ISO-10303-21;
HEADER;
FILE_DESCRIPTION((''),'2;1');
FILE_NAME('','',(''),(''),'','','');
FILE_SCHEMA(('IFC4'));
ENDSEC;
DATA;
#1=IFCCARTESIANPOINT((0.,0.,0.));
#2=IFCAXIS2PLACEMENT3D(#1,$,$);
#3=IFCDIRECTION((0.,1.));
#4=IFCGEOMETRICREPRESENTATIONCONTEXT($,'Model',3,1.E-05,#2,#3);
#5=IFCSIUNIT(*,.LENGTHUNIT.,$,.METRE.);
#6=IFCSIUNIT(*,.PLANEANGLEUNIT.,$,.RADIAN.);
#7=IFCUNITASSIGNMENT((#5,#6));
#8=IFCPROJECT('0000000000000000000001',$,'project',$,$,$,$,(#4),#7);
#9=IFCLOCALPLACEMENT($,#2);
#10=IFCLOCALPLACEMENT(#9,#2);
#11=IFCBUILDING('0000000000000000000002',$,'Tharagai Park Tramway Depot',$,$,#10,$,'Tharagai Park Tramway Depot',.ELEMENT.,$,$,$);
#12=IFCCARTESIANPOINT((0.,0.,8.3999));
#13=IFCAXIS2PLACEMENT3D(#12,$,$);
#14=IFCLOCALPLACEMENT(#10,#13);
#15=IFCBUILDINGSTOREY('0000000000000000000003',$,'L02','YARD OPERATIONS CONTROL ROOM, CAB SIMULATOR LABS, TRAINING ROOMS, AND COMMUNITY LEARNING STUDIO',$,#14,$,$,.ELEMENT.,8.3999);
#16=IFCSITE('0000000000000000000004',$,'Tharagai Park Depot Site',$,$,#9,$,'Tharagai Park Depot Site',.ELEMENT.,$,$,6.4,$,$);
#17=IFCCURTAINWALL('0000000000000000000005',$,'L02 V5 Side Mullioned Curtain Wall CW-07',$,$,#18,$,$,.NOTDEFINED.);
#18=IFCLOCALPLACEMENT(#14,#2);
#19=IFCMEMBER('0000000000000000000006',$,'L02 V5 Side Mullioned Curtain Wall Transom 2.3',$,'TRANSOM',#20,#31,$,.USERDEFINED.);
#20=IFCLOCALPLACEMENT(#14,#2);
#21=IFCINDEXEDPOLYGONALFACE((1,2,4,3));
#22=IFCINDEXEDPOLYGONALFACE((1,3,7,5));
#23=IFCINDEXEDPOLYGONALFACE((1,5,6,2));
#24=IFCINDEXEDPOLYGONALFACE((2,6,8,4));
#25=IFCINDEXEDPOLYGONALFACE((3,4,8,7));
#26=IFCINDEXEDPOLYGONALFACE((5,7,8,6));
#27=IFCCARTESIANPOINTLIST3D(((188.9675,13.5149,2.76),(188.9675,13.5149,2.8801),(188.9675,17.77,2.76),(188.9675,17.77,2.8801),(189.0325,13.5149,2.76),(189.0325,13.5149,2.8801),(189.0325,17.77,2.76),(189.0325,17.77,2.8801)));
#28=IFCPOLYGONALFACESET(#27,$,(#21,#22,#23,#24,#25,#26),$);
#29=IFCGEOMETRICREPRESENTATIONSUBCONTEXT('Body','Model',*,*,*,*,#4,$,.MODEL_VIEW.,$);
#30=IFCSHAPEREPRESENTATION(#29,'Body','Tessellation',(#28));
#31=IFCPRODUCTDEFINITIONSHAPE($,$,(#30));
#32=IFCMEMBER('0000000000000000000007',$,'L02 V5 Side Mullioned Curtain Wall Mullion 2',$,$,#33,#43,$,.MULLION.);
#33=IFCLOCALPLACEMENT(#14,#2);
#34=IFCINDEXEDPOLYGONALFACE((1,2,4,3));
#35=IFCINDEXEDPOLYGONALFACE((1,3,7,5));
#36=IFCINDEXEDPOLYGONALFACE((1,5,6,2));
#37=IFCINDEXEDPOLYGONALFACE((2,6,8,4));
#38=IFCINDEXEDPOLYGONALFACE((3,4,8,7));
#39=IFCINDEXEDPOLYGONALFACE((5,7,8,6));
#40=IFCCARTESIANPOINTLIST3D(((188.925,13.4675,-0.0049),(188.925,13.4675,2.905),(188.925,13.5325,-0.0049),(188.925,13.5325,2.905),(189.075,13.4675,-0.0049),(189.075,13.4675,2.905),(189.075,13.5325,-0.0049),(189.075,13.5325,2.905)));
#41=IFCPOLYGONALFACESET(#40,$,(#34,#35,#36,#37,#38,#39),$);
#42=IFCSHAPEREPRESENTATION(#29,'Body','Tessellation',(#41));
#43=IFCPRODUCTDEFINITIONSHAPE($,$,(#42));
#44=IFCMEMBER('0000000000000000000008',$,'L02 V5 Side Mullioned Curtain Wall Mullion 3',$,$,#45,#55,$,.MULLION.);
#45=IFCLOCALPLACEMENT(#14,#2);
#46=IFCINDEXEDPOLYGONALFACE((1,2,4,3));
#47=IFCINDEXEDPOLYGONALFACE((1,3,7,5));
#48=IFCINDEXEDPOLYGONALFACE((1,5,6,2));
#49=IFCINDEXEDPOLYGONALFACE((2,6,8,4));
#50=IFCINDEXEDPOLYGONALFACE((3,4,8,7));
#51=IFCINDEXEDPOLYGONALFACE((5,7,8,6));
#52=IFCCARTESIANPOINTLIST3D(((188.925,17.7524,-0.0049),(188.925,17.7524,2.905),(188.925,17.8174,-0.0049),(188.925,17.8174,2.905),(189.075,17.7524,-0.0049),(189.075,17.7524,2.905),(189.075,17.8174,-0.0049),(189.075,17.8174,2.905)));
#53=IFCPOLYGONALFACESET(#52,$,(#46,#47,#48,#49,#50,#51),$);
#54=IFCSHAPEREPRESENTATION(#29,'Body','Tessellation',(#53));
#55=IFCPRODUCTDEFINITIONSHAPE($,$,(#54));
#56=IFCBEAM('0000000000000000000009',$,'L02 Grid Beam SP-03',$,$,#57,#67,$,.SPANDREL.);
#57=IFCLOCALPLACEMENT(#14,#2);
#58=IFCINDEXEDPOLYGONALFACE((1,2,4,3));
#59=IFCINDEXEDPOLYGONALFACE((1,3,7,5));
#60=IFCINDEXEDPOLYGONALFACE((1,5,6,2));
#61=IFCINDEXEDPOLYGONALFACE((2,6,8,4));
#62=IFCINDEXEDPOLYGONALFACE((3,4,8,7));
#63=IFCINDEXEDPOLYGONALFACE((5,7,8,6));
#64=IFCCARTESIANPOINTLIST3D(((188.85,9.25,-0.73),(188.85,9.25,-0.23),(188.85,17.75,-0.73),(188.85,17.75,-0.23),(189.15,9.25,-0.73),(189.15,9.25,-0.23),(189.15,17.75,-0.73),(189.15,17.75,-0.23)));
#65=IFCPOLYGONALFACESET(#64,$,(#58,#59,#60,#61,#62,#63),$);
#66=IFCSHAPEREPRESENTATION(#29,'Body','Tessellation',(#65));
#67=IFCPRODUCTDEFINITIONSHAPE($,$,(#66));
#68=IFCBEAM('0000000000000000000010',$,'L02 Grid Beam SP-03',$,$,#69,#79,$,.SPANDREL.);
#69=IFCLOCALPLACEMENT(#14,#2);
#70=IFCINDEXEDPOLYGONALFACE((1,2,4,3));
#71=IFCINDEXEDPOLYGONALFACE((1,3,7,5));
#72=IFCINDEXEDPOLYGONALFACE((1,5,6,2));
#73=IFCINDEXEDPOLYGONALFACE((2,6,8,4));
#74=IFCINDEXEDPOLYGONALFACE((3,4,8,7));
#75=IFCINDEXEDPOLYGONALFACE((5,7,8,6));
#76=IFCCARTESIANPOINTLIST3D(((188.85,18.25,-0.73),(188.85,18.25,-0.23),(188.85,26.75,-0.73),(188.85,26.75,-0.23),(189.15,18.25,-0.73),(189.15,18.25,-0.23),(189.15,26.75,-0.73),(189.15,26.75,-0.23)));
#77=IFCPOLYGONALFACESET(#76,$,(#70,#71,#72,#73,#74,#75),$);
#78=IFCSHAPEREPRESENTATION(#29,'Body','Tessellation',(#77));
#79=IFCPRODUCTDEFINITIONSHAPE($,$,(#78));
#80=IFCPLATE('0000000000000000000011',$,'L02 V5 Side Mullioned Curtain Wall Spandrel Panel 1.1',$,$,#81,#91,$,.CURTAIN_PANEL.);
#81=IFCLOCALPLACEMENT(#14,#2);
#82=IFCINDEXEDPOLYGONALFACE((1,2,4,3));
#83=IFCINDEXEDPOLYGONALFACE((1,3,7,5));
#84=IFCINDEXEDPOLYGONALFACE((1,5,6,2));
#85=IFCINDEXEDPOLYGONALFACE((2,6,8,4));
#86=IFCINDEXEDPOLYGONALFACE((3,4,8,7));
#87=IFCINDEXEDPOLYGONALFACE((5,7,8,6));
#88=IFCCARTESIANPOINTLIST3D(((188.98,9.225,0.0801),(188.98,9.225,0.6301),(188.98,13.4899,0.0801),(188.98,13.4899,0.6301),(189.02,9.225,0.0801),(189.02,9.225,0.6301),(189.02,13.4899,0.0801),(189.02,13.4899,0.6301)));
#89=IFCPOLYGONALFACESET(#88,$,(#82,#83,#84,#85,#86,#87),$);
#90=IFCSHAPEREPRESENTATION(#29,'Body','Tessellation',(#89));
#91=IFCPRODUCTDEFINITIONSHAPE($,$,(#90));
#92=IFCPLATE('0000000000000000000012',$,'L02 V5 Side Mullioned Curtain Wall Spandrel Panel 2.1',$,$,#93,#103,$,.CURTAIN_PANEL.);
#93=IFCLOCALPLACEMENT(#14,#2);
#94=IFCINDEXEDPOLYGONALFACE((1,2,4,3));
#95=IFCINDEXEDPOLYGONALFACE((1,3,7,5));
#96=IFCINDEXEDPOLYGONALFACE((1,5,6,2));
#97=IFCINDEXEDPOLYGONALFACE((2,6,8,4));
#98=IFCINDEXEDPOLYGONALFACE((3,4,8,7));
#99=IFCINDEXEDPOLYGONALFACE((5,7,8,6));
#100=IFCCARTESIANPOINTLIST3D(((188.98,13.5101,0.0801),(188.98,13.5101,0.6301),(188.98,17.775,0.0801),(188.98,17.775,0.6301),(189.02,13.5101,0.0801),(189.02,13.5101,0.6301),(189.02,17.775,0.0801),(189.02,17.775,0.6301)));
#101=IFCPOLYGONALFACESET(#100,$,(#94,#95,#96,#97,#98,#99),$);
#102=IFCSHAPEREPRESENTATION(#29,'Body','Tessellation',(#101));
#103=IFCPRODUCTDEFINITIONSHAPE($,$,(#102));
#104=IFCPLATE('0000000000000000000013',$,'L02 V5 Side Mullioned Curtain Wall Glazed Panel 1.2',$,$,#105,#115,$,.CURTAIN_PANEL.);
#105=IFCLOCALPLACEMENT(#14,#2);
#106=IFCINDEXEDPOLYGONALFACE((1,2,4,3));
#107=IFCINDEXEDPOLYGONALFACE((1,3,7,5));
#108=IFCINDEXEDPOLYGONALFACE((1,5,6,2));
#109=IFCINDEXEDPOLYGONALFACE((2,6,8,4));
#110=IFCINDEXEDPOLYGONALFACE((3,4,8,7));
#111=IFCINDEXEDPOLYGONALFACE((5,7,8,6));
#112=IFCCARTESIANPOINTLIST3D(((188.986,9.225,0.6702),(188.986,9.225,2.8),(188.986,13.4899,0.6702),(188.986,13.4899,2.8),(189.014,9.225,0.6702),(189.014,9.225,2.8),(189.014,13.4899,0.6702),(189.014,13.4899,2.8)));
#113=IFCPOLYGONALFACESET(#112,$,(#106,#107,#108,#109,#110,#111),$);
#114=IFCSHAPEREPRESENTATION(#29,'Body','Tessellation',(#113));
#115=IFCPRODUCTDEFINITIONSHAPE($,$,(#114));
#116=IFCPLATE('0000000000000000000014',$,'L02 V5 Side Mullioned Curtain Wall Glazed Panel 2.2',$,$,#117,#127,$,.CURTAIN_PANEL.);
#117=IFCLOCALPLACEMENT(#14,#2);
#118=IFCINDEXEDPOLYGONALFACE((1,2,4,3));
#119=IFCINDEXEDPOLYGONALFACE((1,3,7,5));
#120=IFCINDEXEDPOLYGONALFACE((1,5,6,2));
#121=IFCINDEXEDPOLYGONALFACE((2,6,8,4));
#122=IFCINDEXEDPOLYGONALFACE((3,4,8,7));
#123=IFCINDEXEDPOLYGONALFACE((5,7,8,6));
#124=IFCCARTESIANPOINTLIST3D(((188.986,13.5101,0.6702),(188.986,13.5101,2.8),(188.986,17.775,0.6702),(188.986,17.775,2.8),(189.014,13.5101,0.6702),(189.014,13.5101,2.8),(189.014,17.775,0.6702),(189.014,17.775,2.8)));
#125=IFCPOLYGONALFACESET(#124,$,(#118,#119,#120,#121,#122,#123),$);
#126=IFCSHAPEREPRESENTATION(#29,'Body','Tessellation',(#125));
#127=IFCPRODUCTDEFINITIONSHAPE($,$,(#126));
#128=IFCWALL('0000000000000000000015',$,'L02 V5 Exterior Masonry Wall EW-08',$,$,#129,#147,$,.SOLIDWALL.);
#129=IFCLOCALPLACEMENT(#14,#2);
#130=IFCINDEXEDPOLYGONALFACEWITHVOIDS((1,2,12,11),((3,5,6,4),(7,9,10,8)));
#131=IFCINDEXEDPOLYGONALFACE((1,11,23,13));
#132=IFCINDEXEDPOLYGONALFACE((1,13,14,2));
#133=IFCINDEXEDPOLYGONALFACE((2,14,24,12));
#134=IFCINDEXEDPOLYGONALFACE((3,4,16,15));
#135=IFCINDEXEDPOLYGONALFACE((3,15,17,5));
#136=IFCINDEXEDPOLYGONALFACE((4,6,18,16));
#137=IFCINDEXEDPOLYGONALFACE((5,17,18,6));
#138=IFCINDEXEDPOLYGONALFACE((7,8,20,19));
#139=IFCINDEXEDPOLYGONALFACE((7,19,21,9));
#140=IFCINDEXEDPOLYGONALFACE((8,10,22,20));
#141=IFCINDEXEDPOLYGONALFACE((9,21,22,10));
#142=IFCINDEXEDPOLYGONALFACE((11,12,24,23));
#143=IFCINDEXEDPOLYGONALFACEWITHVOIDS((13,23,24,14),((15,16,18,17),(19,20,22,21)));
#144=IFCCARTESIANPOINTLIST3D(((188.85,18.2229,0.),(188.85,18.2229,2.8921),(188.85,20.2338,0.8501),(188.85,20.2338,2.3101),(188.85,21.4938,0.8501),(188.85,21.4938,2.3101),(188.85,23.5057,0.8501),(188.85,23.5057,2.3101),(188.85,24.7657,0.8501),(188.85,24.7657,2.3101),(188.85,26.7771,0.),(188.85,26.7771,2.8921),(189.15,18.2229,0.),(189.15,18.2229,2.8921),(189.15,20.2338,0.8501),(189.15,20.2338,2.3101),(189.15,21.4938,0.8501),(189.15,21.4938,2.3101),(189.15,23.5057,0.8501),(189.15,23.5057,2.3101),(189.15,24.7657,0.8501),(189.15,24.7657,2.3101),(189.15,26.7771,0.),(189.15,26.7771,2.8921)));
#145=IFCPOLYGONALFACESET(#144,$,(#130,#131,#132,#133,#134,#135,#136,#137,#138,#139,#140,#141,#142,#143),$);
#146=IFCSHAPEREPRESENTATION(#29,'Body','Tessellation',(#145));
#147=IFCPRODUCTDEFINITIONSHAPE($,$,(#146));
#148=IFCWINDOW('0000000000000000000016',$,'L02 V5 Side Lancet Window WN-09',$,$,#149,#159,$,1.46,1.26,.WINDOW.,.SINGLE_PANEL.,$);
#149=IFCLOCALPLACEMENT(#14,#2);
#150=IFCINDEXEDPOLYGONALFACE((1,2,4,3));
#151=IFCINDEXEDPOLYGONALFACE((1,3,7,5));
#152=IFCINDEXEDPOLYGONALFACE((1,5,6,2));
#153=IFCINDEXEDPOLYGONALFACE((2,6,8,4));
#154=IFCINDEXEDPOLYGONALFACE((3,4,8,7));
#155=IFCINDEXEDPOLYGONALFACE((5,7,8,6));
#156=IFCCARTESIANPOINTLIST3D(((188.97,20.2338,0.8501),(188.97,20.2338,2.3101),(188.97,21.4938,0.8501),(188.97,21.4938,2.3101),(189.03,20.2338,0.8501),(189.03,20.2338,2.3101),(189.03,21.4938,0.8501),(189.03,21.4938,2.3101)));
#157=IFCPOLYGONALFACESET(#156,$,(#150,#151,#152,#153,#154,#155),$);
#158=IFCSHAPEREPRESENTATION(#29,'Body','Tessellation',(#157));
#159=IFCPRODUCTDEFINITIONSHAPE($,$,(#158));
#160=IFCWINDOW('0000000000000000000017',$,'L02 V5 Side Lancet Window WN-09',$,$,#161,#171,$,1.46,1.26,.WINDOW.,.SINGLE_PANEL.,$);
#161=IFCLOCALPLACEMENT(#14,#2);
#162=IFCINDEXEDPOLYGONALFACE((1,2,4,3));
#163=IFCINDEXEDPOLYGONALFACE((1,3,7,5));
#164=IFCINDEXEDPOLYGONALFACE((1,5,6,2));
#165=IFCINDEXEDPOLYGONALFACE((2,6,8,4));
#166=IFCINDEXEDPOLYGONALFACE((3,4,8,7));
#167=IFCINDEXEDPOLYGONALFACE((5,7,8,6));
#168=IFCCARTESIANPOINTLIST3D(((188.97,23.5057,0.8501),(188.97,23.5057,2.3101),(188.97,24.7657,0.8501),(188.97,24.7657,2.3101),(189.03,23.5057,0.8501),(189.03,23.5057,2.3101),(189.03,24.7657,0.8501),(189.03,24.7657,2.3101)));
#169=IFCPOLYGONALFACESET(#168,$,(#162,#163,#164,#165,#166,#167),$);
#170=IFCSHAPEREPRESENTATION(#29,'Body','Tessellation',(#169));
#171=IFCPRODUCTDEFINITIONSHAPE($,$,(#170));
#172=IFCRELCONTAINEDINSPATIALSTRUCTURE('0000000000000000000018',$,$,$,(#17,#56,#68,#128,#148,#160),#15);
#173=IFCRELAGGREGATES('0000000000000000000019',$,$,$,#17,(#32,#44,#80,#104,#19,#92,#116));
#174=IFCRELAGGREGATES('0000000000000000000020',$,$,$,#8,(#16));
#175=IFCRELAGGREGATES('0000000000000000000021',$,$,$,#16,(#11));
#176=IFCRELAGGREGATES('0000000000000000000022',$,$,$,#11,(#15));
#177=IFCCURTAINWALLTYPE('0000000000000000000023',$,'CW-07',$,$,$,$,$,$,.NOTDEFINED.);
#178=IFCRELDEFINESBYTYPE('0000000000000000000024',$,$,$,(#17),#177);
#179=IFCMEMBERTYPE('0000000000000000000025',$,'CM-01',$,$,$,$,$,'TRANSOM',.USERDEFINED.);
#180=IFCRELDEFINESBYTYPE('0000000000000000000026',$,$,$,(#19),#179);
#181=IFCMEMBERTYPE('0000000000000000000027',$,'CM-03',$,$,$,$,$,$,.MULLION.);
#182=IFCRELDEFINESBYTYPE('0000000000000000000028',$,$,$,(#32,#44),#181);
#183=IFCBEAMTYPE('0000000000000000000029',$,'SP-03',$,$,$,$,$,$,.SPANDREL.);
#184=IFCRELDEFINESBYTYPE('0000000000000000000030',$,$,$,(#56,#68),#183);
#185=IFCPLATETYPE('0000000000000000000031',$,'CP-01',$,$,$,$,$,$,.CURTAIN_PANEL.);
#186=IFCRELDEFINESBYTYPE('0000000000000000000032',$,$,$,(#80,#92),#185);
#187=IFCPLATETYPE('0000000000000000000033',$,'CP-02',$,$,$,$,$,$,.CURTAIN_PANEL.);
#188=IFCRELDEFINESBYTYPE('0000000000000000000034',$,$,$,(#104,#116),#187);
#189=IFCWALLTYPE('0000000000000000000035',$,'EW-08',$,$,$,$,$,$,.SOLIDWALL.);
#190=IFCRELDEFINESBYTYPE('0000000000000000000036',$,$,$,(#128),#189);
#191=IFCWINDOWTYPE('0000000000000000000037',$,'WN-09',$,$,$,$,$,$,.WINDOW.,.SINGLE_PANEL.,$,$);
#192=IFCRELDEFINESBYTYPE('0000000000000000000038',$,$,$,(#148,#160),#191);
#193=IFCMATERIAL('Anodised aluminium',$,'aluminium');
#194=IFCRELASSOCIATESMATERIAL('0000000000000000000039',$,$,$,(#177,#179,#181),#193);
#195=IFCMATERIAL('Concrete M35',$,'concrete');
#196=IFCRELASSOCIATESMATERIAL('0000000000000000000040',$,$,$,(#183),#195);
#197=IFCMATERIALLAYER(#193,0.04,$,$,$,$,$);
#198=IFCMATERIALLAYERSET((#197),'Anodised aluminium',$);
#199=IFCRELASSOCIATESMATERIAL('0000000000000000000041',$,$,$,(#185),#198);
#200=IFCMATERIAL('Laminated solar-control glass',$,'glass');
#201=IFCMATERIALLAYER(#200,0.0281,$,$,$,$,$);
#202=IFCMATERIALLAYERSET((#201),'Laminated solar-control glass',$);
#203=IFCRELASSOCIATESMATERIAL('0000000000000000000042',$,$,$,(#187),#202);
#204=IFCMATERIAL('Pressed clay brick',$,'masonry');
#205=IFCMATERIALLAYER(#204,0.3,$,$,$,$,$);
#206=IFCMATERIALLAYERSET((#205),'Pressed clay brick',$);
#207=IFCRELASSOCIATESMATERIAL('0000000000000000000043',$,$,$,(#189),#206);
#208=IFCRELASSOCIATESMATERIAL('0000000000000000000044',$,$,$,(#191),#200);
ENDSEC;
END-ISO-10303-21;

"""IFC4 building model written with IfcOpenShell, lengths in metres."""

from ifc_helpers import new_model, si_unit, direction, frame, frame_2d, origin, origin_2d, place, context, subcontext, project, spatial, rectangle, extrude, material, layer, layer_set, material_profile, profile_set, type_object, element, fill, aggregate, save


model = new_model("IFC4")

# Units and contexts
model_context = context("Model", 3, precision=1e-05, world=origin(), true_north=direction((0.0, 1.0)))
body_context = subcontext(model_context, "Body", "Model", "MODEL_VIEW")
ifc_project = project(units=[si_unit("LENGTHUNIT", "METRE"), si_unit("PLANEANGLEUNIT", "RADIAN")], contexts=[model_context])

# Site, building, storey
site_placement = place(None, origin())
site = spatial("IfcSite", under=ifc_project, at=site_placement, Name="Tharagai Park Depot Site", LongName="Tharagai Park Depot Site", CompositionType="ELEMENT", RefElevation=6.4)
building_placement = place(site_placement, origin())
building = spatial("IfcBuilding", under=site, at=building_placement, Name="Tharagai Park Tramway Depot", LongName="Tharagai Park Tramway Depot", CompositionType="ELEMENT")
storey_placement = place(building_placement, frame((0.0, 0.0, 8.3999)))
storey = spatial("IfcBuildingStorey", under=building, at=storey_placement, Name="L02", Description="YARD OPERATIONS CONTROL ROOM, CAB SIMULATOR LABS, TRAINING ROOMS, AND COMMUNITY LEARNING STUDIO", CompositionType="ELEMENT", Elevation=8.3999)

# Shared definitions
ifc_material_1 = material(Name="Concrete M35", Category="concrete")

# Curtain wall, members
ifc_material_2 = material(Name="Anodised aluminium", Category="aluminium")
curtain_wall_type = type_object("IfcCurtainWallType", Name="CW-07", PredefinedType="NOTDEFINED", material=ifc_material_2)
curtain_wall_placement = place(storey_placement, origin())
curtain_wall = element("IfcCurtainWall", 1, at=curtain_wall_placement, inside=storey, type_object=curtain_wall_type, Name="L02 V5 Side Mullioned Curtain Wall CW-07", PredefinedType="NOTDEFINED")
ifc_material_profile_1 = material_profile(ifc_material_2, rectangle(XDim=0.0649, YDim=0.1201, at=origin_2d()), Name="ALU 65x120")
ifc_profile_set_1 = profile_set([ifc_material_profile_1], Name="Anodised aluminium")
member_type_1 = type_object("IfcMemberType", Name="CM-01", ElementType="TRANSOM", PredefinedType="USERDEFINED", material=ifc_profile_set_1)
member_1_placement = place(storey_placement, frame((189.0, 13.5149, 2.8201), z_axis=(0.0, 1.0, 0.0), x_axis=(-1.0, 0.0, 0.0)))
member_1 = element("IfcMember", 2, at=member_1_placement, type_object=member_type_1, Name="L02 V5 Side Mullioned Curtain Wall Transom 2.3", ObjectType="TRANSOM", PredefinedType="USERDEFINED", context=body_context, shape_type="SweptSolid", body=[
    extrude(rectangle(XDim=0.0649, YDim=0.1201, at=origin_2d()), origin(), (0.0, 0.0, 1.0), 4.2551),
])
ifc_material_profile_2 = material_profile(ifc_material_2, rectangle(XDim=0.0649, YDim=0.1499, at=origin_2d()), Name="ALU 65x150")
ifc_profile_set_2 = profile_set([ifc_material_profile_2], Name="Anodised aluminium")
member_type_2 = type_object("IfcMemberType", Name="CM-03", PredefinedType="MULLION", material=ifc_profile_set_2)
member_2_placement = place(storey_placement, frame((189.0, 13.5, -0.0049), z_axis=(0.0, 0.0, 1.0), x_axis=(0.0, 1.0, 0.0)))
member_2 = element("IfcMember", 3, at=member_2_placement, type_object=member_type_2, Name="L02 V5 Side Mullioned Curtain Wall Mullion 2", PredefinedType="MULLION", context=body_context, shape_type="SweptSolid", body=[
    extrude(rectangle(XDim=0.0649, YDim=0.1499, at=origin_2d()), origin(), (0.0, 0.0, 1.0), 2.9099),
])
member_3_placement = place(storey_placement, frame((189.0, 17.7849, -0.0049), z_axis=(0.0, 0.0, 1.0), x_axis=(0.0, 1.0, 0.0)))
member_3 = element("IfcMember", 4, at=member_3_placement, type_object=member_type_2, Name="L02 V5 Side Mullioned Curtain Wall Mullion 3", PredefinedType="MULLION", context=body_context, shape_type="SweptSolid", body=[
    extrude(rectangle(XDim=0.0649, YDim=0.1499, at=origin_2d()), origin(), (0.0, 0.0, 1.0), 2.9099),
])

# Beams
ifc_material_profile_3 = material_profile(ifc_material_1, rectangle(XDim=0.3, YDim=0.5, at=origin_2d()), Name="RC 300x500")
ifc_profile_set_3 = profile_set([ifc_material_profile_3], Name="Concrete M35")
beam_type_1 = type_object("IfcBeamType", Name="SP-03", PredefinedType="SPANDREL", material=ifc_profile_set_3)
for number, where, z_axis, x_axis, name in (
    (5, (189.0, 9.25, -0.48), (0.0, 1.0, 0.0), (-1.0, 0.0, 0.0), "L02 Grid Beam SP-03"),
    (6, (189.0, 18.25, -0.48), (0.0, 1.0, 0.0), (-1.0, 0.0, 0.0), "L02 Grid Beam SP-03"),
):
    element("IfcBeam", number, at=place(storey_placement, frame(where, z_axis=z_axis, x_axis=x_axis)), inside=storey, type_object=beam_type_1, Name=name, PredefinedType="SPANDREL", context=body_context, shape_type="SweptSolid", body=[
        extrude(rectangle(XDim=0.3, YDim=0.5, at=origin_2d()), origin(), (0.0, 0.0, 1.0), 8.5),
    ])

# Plates
ifc_layer_1 = layer(ifc_material_2, 0.04)
ifc_layer_set_1 = layer_set([ifc_layer_1], Name="Anodised aluminium")
plate_type_1 = type_object("IfcPlateType", Name="CP-01", PredefinedType="CURTAIN_PANEL", material=ifc_layer_set_1)
plate_1_placement = place(storey_placement, frame((189.0, 11.3574, 0.0801), z_axis=(0.0, 0.0, 1.0), x_axis=(0.0, 1.0, 0.0)))
plate_1 = element("IfcPlate", 7, at=plate_1_placement, type_object=plate_type_1, Name="L02 V5 Side Mullioned Curtain Wall Spandrel Panel 1.1", PredefinedType="CURTAIN_PANEL", context=body_context, shape_type="SweptSolid", body=[
    extrude(rectangle(XDim=4.2649, YDim=0.04, at=origin_2d()), origin(), (0.0, 0.0, 1.0), 0.55),
])
plate_2_placement = place(storey_placement, frame((189.0, 15.6426, 0.0801), z_axis=(0.0, 0.0, 1.0), x_axis=(0.0, 1.0, 0.0)))
plate_2 = element("IfcPlate", 8, at=plate_2_placement, type_object=plate_type_1, Name="L02 V5 Side Mullioned Curtain Wall Spandrel Panel 2.1", PredefinedType="CURTAIN_PANEL", context=body_context, shape_type="SweptSolid", body=[
    extrude(rectangle(XDim=4.2649, YDim=0.04, at=origin_2d()), origin(), (0.0, 0.0, 1.0), 0.55),
])
ifc_material_3 = material(Name="Laminated solar-control glass", Category="glass")
ifc_layer_2 = layer(ifc_material_3, 0.0281)
ifc_layer_set_2 = layer_set([ifc_layer_2], Name="Laminated solar-control glass")
plate_type_2 = type_object("IfcPlateType", Name="CP-02", PredefinedType="CURTAIN_PANEL", material=ifc_layer_set_2)
plate_3_placement = place(storey_placement, frame((189.0, 11.3574, 0.6702), z_axis=(0.0, 0.0, 1.0), x_axis=(0.0, 1.0, 0.0)))
plate_3 = element("IfcPlate", 9, at=plate_3_placement, type_object=plate_type_2, Name="L02 V5 Side Mullioned Curtain Wall Glazed Panel 1.2", PredefinedType="CURTAIN_PANEL", context=body_context, shape_type="SweptSolid", body=[
    extrude(rectangle(XDim=4.2649, YDim=0.0281, at=origin_2d()), origin(), (0.0, 0.0, 1.0), 2.1299),
])
plate_4_placement = place(storey_placement, frame((189.0, 15.6426, 0.6702), z_axis=(0.0, 0.0, 1.0), x_axis=(0.0, 1.0, 0.0)))
plate_4 = element("IfcPlate", 10, at=plate_4_placement, type_object=plate_type_2, Name="L02 V5 Side Mullioned Curtain Wall Glazed Panel 2.2", PredefinedType="CURTAIN_PANEL", context=body_context, shape_type="SweptSolid", body=[
    extrude(rectangle(XDim=4.2649, YDim=0.0281, at=origin_2d()), origin(), (0.0, 0.0, 1.0), 2.1299),
])
aggregate(curtain_wall, [member_2, member_3, plate_1, plate_3, member_1, plate_2, plate_4])

# Wall, openings, windows
ifc_material_4 = material(Name="Pressed clay brick", Category="masonry")
ifc_layer_3 = layer(ifc_material_4, 0.3)
ifc_layer_set_3 = layer_set([ifc_layer_3], Name="Pressed clay brick")
wall_type = type_object("IfcWallType", Name="EW-08", PredefinedType="SOLIDWALL", material=ifc_layer_set_3)
wall_placement = place(storey_placement, frame((189.0, 18.2229, 0.0), z_axis=(0.0, 0.0, 1.0), x_axis=(0.0, 1.0, 0.0)))
wall = element("IfcWall", 11, at=wall_placement, inside=storey, type_object=wall_type, Name="L02 V5 Exterior Masonry Wall EW-08", PredefinedType="SOLIDWALL", context=body_context, shape_type="SweptSolid", body=[
    extrude(rectangle(XDim=8.5542, YDim=0.3, at=frame_2d((4.2771, 0.0))), origin(), (0.0, 0.0, 1.0), 2.8921),
])
opening_1_placement = place(wall_placement, frame((2.011, 0.0, 0.8501)))
opening_1 = element("IfcOpeningElement", 12, at=opening_1_placement, cuts=wall, PredefinedType="OPENING", context=body_context, shape_type="SweptSolid", body=[
    extrude(rectangle(XDim=1.26, YDim=1.46, at=frame_2d((0.6299, 0.73))), frame((0.0, 0.1599, 0.0), z_axis=(0.0, -1.0, 0.0), x_axis=(1.0, 0.0, 0.0)), (0.0, 0.0, 1.0), 0.3201),
])
opening_2_placement = place(wall_placement, frame((5.283, 0.0, 0.8501)))
opening_2 = element("IfcOpeningElement", 13, at=opening_2_placement, cuts=wall, PredefinedType="OPENING", context=body_context, shape_type="SweptSolid", body=[
    extrude(rectangle(XDim=1.26, YDim=1.46, at=frame_2d((0.6299, 0.73))), frame((0.0, 0.1599, 0.0), z_axis=(0.0, -1.0, 0.0), x_axis=(1.0, 0.0, 0.0)), (0.0, 0.0, 1.0), 0.3201),
])
window_type = type_object("IfcWindowType", Name="WN-09", PartitioningType="SINGLE_PANEL", PredefinedType="WINDOW", material=ifc_material_3)
window_1_placement = place(opening_1_placement, origin())
window_1 = element("IfcWindow", 14, at=window_1_placement, inside=storey, type_object=window_type, Name="L02 V5 Side Lancet Window WN-09", OverallHeight=1.46, OverallWidth=1.26, PartitioningType="SINGLE_PANEL", PredefinedType="WINDOW", context=body_context, shape_type="SweptSolid", body=[
    extrude(rectangle(XDim=1.26, YDim=1.46, at=frame_2d((0.6299, 0.73))), frame((0.0, 0.03, 0.0), z_axis=(0.0, -1.0, 0.0), x_axis=(1.0, 0.0, 0.0)), (0.0, 0.0, 1.0), 0.0601),
])
fill(opening_1, window_1)
window_2_placement = place(opening_2_placement, origin())
window_2 = element("IfcWindow", 15, at=window_2_placement, inside=storey, type_object=window_type, Name="L02 V5 Side Lancet Window WN-09", OverallHeight=1.46, OverallWidth=1.26, PartitioningType="SINGLE_PANEL", PredefinedType="WINDOW", context=body_context, shape_type="SweptSolid", body=[
    extrude(rectangle(XDim=1.26, YDim=1.46, at=frame_2d((0.6299, 0.73))), frame((0.0, 0.03, 0.0), z_axis=(0.0, -1.0, 0.0), x_axis=(1.0, 0.0, 0.0)), (0.0, 0.0, 1.0), 0.0601),
])
fill(opening_2, window_2)

save(model, "model.ifc")
